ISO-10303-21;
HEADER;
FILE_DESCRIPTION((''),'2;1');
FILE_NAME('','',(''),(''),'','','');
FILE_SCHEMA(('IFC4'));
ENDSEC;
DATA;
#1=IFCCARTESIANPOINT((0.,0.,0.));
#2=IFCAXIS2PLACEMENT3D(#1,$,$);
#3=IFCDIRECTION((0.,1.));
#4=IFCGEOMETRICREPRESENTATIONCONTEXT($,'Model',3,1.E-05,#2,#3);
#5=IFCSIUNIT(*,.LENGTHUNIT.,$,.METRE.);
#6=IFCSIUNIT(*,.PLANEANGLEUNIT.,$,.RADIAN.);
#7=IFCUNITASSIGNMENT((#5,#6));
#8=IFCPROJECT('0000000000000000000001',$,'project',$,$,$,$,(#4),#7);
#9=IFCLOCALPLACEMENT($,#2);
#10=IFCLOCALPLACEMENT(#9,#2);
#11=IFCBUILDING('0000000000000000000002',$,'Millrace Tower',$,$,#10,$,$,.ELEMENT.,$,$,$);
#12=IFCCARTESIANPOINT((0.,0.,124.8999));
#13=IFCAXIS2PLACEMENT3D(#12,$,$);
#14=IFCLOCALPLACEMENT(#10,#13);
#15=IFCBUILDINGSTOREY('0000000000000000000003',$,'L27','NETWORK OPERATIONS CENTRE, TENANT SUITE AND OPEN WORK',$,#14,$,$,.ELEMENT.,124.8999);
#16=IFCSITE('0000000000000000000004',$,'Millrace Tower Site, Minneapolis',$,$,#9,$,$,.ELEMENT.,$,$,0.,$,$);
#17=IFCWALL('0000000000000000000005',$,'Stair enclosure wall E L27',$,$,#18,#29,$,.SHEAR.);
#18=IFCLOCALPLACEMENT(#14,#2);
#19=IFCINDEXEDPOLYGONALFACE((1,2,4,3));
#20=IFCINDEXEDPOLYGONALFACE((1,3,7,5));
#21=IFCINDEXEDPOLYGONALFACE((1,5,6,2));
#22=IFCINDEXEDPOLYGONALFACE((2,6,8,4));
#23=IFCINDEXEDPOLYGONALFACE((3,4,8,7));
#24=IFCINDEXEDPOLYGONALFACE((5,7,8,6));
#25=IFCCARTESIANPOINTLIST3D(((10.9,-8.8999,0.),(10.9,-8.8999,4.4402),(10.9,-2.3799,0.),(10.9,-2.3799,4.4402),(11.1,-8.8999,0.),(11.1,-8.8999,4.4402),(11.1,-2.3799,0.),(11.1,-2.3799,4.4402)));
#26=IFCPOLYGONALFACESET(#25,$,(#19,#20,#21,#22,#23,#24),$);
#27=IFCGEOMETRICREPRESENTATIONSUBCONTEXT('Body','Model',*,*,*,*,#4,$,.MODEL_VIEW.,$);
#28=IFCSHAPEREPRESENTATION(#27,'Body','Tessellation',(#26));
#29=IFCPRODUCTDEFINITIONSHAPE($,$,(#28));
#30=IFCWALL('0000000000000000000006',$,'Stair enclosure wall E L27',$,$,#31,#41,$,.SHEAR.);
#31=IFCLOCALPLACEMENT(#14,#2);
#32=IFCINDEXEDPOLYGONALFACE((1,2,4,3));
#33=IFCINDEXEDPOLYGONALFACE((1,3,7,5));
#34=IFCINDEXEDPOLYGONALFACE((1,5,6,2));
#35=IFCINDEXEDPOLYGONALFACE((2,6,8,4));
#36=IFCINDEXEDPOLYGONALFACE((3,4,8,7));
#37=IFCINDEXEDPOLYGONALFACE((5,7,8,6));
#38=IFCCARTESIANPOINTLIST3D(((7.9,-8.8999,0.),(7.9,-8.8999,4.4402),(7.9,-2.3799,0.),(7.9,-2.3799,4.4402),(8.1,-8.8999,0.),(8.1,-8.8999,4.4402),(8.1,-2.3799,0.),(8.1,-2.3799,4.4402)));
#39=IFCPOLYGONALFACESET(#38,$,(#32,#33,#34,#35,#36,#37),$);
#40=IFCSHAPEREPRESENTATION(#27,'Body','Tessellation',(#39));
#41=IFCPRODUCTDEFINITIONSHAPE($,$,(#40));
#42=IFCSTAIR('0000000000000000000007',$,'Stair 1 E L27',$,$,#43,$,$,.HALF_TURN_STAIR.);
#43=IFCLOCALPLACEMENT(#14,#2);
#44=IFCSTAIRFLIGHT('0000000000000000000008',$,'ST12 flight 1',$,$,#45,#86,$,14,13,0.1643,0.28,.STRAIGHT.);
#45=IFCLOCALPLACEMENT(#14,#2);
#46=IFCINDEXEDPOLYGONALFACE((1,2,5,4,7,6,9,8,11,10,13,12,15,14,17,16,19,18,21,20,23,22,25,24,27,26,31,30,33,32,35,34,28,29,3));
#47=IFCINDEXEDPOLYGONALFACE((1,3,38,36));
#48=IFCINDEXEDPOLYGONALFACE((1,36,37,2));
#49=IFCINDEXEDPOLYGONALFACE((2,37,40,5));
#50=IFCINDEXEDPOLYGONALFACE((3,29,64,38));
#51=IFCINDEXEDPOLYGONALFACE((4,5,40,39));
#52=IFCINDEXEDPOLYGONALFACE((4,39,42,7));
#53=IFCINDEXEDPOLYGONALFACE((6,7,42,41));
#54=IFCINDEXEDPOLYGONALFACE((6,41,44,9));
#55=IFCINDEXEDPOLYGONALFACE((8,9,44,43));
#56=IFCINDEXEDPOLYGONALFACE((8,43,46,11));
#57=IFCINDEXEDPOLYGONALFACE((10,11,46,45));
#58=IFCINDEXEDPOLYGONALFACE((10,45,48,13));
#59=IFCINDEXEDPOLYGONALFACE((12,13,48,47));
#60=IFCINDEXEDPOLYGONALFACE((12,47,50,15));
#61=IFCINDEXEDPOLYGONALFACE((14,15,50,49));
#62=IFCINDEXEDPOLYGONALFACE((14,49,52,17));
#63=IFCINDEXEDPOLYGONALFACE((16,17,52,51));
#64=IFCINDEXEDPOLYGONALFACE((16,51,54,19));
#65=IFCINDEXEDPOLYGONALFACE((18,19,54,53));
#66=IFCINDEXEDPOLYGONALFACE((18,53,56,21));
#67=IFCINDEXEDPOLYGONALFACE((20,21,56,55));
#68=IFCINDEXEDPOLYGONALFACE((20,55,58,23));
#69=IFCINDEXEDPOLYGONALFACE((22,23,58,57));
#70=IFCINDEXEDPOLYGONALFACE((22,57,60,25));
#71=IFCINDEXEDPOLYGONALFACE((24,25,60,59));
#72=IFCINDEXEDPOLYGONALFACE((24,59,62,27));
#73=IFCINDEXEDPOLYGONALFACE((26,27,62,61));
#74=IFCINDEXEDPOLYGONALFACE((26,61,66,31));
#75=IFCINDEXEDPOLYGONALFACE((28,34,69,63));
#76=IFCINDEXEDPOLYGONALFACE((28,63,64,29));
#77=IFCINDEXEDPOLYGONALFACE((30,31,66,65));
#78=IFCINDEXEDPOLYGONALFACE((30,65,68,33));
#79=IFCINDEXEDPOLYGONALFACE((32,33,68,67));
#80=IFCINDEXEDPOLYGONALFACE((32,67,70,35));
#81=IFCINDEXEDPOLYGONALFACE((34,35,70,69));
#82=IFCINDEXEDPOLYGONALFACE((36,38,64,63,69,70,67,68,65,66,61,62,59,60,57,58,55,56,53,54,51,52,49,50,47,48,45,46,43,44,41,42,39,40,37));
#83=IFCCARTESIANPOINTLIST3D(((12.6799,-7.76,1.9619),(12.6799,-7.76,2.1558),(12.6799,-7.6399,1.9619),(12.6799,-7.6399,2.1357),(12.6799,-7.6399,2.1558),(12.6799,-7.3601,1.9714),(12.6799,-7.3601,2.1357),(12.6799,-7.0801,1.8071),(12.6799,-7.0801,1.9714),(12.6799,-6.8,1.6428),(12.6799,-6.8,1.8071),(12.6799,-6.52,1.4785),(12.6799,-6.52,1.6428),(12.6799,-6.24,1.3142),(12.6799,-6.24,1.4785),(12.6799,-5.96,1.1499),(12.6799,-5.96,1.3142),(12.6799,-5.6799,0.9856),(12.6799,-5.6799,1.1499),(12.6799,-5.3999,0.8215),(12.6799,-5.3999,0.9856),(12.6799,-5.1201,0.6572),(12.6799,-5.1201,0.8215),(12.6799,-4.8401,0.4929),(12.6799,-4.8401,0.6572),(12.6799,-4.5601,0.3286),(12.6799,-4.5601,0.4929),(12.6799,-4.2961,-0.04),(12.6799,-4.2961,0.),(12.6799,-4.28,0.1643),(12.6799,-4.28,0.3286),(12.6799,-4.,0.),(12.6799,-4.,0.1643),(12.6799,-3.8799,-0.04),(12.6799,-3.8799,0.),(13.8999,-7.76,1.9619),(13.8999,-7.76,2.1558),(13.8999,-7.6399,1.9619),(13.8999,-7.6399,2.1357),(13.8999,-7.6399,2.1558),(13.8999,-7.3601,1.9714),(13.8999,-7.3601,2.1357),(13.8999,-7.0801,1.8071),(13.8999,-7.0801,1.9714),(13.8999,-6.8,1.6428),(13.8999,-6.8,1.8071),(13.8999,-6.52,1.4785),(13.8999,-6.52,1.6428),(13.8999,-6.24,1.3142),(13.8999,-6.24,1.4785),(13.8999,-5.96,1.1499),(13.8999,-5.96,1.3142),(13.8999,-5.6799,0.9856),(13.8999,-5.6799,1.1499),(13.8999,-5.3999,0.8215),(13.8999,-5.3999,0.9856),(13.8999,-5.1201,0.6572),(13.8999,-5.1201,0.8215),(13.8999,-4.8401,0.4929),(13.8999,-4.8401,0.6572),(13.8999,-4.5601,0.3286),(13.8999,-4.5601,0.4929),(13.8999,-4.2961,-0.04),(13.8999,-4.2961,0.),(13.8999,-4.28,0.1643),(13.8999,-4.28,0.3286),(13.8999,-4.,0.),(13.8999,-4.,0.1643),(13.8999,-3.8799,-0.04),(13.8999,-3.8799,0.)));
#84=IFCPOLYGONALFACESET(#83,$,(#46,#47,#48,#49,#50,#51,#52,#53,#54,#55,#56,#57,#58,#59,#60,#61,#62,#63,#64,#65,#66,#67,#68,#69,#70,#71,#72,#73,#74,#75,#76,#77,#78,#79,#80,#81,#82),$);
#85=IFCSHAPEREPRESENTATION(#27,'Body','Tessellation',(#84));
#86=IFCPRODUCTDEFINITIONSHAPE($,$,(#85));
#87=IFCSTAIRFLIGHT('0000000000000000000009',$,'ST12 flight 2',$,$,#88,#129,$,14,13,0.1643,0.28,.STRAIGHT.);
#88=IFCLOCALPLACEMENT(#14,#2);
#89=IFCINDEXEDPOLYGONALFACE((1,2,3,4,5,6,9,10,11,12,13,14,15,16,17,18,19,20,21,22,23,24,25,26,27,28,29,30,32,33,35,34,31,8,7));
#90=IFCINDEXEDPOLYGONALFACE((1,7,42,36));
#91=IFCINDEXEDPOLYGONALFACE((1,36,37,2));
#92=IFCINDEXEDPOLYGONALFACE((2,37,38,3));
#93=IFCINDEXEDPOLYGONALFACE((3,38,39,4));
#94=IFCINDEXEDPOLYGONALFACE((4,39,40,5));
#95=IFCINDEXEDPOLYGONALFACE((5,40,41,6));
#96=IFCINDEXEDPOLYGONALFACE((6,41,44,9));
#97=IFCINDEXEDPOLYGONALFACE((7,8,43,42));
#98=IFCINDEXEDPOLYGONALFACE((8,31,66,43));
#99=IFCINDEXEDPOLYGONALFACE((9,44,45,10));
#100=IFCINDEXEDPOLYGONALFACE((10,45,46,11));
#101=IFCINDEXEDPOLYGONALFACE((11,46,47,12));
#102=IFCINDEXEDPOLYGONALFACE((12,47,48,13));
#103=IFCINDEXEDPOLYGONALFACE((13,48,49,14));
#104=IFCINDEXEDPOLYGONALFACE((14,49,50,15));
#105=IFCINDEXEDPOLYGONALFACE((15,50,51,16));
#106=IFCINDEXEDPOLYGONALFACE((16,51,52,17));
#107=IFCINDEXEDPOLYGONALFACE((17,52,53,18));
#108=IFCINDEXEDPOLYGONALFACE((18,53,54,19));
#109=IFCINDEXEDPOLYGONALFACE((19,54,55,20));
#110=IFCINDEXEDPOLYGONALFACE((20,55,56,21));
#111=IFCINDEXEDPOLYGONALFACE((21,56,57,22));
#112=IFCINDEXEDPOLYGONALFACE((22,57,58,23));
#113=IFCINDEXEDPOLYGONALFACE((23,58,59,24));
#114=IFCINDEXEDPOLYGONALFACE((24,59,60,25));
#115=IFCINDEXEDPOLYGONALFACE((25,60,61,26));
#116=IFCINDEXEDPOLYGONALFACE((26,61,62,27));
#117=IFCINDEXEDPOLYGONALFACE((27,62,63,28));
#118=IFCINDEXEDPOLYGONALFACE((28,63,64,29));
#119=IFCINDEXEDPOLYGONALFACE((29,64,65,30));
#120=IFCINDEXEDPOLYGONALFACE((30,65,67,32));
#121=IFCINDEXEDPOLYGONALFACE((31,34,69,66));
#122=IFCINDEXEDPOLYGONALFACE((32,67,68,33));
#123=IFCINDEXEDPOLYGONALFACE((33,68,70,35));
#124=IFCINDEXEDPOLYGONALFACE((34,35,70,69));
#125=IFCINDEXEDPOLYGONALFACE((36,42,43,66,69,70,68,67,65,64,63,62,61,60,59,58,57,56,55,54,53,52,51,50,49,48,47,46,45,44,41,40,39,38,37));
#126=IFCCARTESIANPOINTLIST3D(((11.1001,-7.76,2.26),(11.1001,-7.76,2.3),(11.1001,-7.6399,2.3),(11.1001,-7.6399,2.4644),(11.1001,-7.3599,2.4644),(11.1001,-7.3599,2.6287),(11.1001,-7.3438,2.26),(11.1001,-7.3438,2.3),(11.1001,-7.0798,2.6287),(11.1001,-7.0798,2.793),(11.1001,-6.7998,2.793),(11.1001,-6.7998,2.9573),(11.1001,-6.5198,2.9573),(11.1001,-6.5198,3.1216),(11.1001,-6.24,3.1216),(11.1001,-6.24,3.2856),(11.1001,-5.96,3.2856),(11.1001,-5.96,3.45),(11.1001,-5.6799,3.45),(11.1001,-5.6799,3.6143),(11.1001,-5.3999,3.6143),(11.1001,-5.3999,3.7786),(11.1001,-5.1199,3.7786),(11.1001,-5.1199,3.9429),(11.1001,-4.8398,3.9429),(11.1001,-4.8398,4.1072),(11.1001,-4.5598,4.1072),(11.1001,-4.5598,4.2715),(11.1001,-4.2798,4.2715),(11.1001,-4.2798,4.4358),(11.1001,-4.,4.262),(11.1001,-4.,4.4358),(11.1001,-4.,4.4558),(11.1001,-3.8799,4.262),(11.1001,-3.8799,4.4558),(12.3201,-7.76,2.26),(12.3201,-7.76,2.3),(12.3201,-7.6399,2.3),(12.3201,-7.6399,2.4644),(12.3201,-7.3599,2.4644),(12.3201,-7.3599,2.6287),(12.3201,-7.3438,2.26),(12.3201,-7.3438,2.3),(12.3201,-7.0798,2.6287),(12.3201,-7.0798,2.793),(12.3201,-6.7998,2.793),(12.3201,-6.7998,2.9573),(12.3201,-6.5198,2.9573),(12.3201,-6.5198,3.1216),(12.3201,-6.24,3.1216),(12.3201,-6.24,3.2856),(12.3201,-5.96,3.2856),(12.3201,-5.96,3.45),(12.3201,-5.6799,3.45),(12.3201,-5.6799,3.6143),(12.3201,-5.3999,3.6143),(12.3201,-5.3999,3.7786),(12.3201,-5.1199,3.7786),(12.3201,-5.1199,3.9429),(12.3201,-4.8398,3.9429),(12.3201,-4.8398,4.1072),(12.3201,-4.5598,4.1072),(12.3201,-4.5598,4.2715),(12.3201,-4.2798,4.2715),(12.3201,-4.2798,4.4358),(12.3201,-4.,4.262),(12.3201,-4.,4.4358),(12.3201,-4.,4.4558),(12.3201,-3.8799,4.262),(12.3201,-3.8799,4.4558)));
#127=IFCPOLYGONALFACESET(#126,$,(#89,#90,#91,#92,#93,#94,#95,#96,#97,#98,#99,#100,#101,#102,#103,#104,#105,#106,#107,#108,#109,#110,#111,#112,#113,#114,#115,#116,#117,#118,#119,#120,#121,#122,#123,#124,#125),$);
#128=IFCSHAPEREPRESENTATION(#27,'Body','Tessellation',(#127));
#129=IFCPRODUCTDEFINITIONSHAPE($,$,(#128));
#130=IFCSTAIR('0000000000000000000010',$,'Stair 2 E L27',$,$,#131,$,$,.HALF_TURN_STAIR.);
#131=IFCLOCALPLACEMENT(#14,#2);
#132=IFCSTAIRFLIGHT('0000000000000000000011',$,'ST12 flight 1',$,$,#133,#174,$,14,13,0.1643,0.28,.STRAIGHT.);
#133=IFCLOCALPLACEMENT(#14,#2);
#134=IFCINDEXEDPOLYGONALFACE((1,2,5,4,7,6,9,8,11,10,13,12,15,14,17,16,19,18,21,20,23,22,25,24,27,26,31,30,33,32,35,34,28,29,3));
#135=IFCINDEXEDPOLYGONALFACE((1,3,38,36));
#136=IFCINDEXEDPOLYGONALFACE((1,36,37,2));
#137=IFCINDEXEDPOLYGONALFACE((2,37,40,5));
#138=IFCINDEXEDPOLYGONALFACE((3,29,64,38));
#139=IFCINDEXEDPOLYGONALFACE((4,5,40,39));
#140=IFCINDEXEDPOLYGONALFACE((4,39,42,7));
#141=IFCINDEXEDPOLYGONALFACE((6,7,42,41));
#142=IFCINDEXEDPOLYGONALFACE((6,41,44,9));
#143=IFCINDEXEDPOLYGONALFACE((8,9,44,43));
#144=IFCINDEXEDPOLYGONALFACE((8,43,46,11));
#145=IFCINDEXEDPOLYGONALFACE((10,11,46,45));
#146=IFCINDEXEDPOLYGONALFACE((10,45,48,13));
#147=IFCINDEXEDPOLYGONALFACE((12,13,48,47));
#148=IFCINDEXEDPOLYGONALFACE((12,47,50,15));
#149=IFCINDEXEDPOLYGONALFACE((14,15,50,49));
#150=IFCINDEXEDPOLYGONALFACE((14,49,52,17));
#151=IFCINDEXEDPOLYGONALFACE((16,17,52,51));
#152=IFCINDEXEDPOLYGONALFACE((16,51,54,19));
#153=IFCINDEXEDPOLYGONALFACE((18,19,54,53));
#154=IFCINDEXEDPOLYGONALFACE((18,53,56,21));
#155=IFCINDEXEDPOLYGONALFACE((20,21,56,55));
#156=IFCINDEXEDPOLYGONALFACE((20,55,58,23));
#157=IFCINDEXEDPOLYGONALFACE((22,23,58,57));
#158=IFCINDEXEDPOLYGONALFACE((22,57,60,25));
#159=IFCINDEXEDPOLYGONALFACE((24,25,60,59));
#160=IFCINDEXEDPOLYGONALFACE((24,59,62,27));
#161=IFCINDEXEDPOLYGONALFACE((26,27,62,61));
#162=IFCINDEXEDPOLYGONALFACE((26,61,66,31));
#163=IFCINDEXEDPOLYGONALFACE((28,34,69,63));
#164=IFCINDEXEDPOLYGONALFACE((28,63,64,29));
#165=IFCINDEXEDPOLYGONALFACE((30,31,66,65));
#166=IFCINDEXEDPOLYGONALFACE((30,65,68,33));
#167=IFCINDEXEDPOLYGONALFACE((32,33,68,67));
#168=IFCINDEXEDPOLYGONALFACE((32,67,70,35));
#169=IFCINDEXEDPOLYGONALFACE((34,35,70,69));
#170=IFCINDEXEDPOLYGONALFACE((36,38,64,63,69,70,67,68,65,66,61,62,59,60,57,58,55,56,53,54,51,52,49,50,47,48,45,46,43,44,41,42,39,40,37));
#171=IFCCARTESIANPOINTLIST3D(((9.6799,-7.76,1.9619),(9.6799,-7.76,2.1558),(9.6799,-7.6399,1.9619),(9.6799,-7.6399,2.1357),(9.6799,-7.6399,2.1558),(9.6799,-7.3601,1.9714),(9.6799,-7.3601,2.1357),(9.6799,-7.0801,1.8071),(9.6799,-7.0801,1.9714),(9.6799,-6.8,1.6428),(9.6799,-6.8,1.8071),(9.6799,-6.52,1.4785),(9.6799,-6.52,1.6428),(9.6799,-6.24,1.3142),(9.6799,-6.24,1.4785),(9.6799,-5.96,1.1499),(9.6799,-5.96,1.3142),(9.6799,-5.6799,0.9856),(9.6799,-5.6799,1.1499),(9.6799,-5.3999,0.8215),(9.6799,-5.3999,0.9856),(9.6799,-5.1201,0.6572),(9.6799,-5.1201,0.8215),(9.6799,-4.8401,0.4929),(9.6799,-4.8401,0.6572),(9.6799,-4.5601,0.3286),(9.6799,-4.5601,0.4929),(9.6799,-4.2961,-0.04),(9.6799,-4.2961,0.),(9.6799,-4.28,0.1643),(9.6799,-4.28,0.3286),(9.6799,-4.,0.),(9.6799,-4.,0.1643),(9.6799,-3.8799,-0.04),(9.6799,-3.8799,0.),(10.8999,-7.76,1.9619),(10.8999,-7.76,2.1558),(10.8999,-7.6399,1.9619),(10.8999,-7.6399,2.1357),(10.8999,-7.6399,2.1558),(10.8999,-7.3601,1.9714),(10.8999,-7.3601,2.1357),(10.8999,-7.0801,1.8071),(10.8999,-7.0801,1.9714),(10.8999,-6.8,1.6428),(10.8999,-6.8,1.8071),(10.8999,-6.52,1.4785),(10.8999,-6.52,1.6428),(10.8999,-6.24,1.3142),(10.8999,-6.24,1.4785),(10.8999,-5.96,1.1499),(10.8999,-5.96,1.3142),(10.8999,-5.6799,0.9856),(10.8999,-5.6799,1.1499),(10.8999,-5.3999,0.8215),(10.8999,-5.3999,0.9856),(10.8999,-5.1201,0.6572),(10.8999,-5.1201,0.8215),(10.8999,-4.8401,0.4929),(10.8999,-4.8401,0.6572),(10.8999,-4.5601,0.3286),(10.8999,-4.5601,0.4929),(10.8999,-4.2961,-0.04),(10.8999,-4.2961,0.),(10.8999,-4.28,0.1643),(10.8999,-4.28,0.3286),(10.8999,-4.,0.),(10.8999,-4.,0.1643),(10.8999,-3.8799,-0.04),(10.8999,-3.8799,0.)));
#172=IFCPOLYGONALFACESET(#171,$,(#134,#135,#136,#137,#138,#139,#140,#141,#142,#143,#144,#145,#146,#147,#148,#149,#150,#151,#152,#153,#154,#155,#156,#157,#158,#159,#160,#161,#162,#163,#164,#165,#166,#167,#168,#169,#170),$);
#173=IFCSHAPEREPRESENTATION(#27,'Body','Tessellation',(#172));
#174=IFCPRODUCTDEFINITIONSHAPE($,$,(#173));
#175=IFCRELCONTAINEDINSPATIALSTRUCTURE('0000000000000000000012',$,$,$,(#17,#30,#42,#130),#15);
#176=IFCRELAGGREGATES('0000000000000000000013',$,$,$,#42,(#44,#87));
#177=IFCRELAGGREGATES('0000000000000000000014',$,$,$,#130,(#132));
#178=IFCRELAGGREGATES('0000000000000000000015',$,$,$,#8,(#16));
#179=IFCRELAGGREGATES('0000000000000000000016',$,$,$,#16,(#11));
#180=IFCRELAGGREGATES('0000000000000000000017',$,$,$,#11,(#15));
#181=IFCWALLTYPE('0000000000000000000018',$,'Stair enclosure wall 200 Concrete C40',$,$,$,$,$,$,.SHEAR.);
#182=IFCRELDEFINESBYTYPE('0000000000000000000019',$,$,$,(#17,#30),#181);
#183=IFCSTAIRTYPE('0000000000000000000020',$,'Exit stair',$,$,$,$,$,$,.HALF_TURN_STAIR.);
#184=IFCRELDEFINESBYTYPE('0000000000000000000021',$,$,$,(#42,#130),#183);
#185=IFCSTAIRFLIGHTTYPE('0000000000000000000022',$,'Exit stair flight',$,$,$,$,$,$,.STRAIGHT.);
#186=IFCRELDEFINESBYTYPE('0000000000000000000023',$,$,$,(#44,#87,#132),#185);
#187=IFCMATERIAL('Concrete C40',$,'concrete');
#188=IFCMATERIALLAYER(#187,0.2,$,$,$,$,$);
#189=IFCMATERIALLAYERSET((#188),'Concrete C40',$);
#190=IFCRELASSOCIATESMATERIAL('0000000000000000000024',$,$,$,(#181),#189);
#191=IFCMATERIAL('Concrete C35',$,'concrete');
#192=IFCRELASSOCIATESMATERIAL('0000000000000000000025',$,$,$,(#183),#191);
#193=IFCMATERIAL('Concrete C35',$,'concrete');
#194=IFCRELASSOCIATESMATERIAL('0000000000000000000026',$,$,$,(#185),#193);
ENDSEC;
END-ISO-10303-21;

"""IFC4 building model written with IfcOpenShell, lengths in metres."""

from ifc_helpers import new_model, si_unit, direction, frame, frame_2d, origin, place, context, subcontext, project, spatial, polyline, rectangle, outline, extrude, material, layer, layer_set, type_object, element, aggregate, save


model = new_model("IFC4")

# Units and contexts
model_context = context("Model", 3, precision=1e-05, world=origin(), true_north=direction((0.0, 1.0)))
body_context = subcontext(model_context, "Body", "Model", "MODEL_VIEW")
ifc_project = project(units=[si_unit("LENGTHUNIT", "METRE"), si_unit("PLANEANGLEUNIT", "RADIAN")], contexts=[model_context])

# Site, building, storey
site_placement = place(None, origin())
site = spatial("IfcSite", under=ifc_project, at=site_placement, Name="Millrace Tower Site, Minneapolis", CompositionType="ELEMENT", RefElevation=0.0)
building_placement = place(site_placement, origin())
building = spatial("IfcBuilding", under=site, at=building_placement, Name="Millrace Tower", CompositionType="ELEMENT")
storey_placement = place(building_placement, frame((0.0, 0.0, 124.8999)))
storey = spatial("IfcBuildingStorey", under=building, at=storey_placement, Name="L27", Description="NETWORK OPERATIONS CENTRE, TENANT SUITE AND OPEN WORK", CompositionType="ELEMENT", Elevation=124.8999)

# Shared definitions
placement_1 = place(storey_placement, origin())

# Shared definitions
ifc_material_1 = material(Name="Concrete C40", Category="concrete")
ifc_layer_1 = layer(ifc_material_1, 0.2)
ifc_layer_set_1 = layer_set([ifc_layer_1], Name="Concrete C40")
wall_type_1 = type_object("IfcWallType", Name="Stair enclosure wall 200 Concrete C40", PredefinedType="SHEAR", material=ifc_layer_set_1)

# Walls
for number, where, z_axis, x_axis, name in (
    (1, (11.0, -2.3799, 0.0), (0.0, 0.0, 1.0), (0.0, -1.0, 0.0), "Stair enclosure wall E L27"),
    (2, (8.0, -2.3799, 0.0), (0.0, 0.0, 1.0), (0.0, -1.0, 0.0), "Stair enclosure wall E L27"),
):
    element("IfcWall", number, at=place(storey_placement, frame(where, z_axis=z_axis, x_axis=x_axis)), inside=storey, type_object=wall_type_1, Name=name, PredefinedType="SHEAR", context=body_context, shape_type="SweptSolid", body=[
        extrude(rectangle(XDim=6.52, YDim=0.2, at=frame_2d((3.26, 0.0))), origin(), (0.0, 0.0, 1.0), 4.4402),
    ])

# Stairs, stair flights
ifc_material_2 = material(Name="Concrete C35", Category="concrete")
stair_type = type_object("IfcStairType", Name="Exit stair", PredefinedType="HALF_TURN_STAIR", material=ifc_material_2)
stair_1 = element("IfcStair", 3, at=placement_1, inside=storey, type_object=stair_type, Name="Stair 1 E L27", PredefinedType="HALF_TURN_STAIR")
ifc_material_3 = material(Name="Concrete C35", Category="concrete")
stair_flight_type = type_object("IfcStairFlightType", Name="Exit stair flight", PredefinedType="STRAIGHT", material=ifc_material_3)
stair_flight_1_placement = place(storey_placement, frame((13.29, -4.0, 0.0), z_axis=(0.0, 0.0, 1.0), x_axis=(0.0, -1.0, 0.0)))
stair_flight_1 = element("IfcStairFlight", 4, at=stair_flight_1_placement, type_object=stair_flight_type, Name="ST12 flight 1", NumberOfRisers=14, NumberOfTreads=13, PredefinedType="STRAIGHT", RiserHeight=0.1643, TreadLength=0.28, context=body_context, shape_type="SweptSolid", body=[
    extrude(outline(polyline([(-0.1201, -0.04), (-0.1201, 0.0), (0.0, 0.0), (0.0, 0.1643), (0.28, 0.1643), (0.28, 0.3286), (0.5601, 0.3286), (0.5601, 0.4929), (0.8401, 0.4929), (0.8401, 0.6572), (1.1201, 0.6572), (1.1201, 0.8215), (1.3999, 0.8215), (1.3999, 0.9856), (1.6799, 0.9856), (1.6799, 1.1499), (1.96, 1.1499), (1.96, 1.3142), (2.24, 1.3142), (2.24, 1.4785), (2.52, 1.4785), (2.52, 1.6428), (2.8, 1.6428), (2.8, 1.8071), (3.0801, 1.8071), (3.0801, 1.9714), (3.3601, 1.9714), (3.3601, 2.1357), (3.6399, 2.1357), (3.6399, 2.1558), (3.76, 2.1558), (3.76, 1.9619), (3.6399, 1.9619), (0.2961, 0.0), (0.2961, -0.04), (-0.1201, -0.04)])), frame((0.0, 0.6099, 0.0), z_axis=(0.0, -1.0, 0.0), x_axis=(1.0, 0.0, 0.0)), (0.0, 0.0, 1.0), 1.22),
])
stair_flight_2_placement = place(storey_placement, frame((11.71, -7.6399, 2.3), z_axis=(0.0, 0.0, 1.0), x_axis=(0.0, 1.0, 0.0)))
stair_flight_2 = element("IfcStairFlight", 5, at=stair_flight_2_placement, type_object=stair_flight_type, Name="ST12 flight 2", NumberOfRisers=14, NumberOfTreads=13, PredefinedType="STRAIGHT", RiserHeight=0.1643, TreadLength=0.28, context=body_context, shape_type="SweptSolid", body=[
    extrude(outline(polyline([(-0.1201, -0.04), (-0.1201, 0.0), (0.0, 0.0), (0.0, 0.1643), (0.28, 0.1643), (0.28, 0.3286), (0.5601, 0.3286), (0.5601, 0.4929), (0.8401, 0.4929), (0.8401, 0.6572), (1.1201, 0.6572), (1.1201, 0.8215), (1.3999, 0.8215), (1.3999, 0.9856), (1.6799, 0.9856), (1.6799, 1.1499), (1.96, 1.1499), (1.96, 1.3142), (2.24, 1.3142), (2.24, 1.4785), (2.52, 1.4785), (2.52, 1.6428), (2.8, 1.6428), (2.8, 1.8071), (3.0801, 1.8071), (3.0801, 1.9714), (3.3601, 1.9714), (3.3601, 2.1357), (3.6399, 2.1357), (3.6399, 2.1558), (3.76, 2.1558), (3.76, 1.9619), (3.6399, 1.9619), (0.2961, 0.0), (0.2961, -0.04), (-0.1201, -0.04)])), frame((0.0, 0.6099, 0.0), z_axis=(0.0, -1.0, 0.0), x_axis=(1.0, 0.0, 0.0)), (0.0, 0.0, 1.0), 1.22),
])
aggregate(stair_1, [stair_flight_1, stair_flight_2])
stair_2 = element("IfcStair", 6, at=placement_1, inside=storey, type_object=stair_type, Name="Stair 2 E L27", PredefinedType="HALF_TURN_STAIR")
stair_flight_3_placement = place(storey_placement, frame((10.29, -4.0, 0.0), z_axis=(0.0, 0.0, 1.0), x_axis=(0.0, -1.0, 0.0)))
stair_flight_3 = element("IfcStairFlight", 7, at=stair_flight_3_placement, type_object=stair_flight_type, Name="ST12 flight 1", NumberOfRisers=14, NumberOfTreads=13, PredefinedType="STRAIGHT", RiserHeight=0.1643, TreadLength=0.28, context=body_context, shape_type="SweptSolid", body=[
    extrude(outline(polyline([(-0.1201, -0.04), (-0.1201, 0.0), (0.0, 0.0), (0.0, 0.1643), (0.28, 0.1643), (0.28, 0.3286), (0.5601, 0.3286), (0.5601, 0.4929), (0.8401, 0.4929), (0.8401, 0.6572), (1.1201, 0.6572), (1.1201, 0.8215), (1.3999, 0.8215), (1.3999, 0.9856), (1.6799, 0.9856), (1.6799, 1.1499), (1.96, 1.1499), (1.96, 1.3142), (2.24, 1.3142), (2.24, 1.4785), (2.52, 1.4785), (2.52, 1.6428), (2.8, 1.6428), (2.8, 1.8071), (3.0801, 1.8071), (3.0801, 1.9714), (3.3601, 1.9714), (3.3601, 2.1357), (3.6399, 2.1357), (3.6399, 2.1558), (3.76, 2.1558), (3.76, 1.9619), (3.6399, 1.9619), (0.2961, 0.0), (0.2961, -0.04), (-0.1201, -0.04)])), frame((0.0, 0.6099, 0.0), z_axis=(0.0, -1.0, 0.0), x_axis=(1.0, 0.0, 0.0)), (0.0, 0.0, 1.0), 1.22),
])
aggregate(stair_2, [stair_flight_3])

save(model, "model.ifc")
